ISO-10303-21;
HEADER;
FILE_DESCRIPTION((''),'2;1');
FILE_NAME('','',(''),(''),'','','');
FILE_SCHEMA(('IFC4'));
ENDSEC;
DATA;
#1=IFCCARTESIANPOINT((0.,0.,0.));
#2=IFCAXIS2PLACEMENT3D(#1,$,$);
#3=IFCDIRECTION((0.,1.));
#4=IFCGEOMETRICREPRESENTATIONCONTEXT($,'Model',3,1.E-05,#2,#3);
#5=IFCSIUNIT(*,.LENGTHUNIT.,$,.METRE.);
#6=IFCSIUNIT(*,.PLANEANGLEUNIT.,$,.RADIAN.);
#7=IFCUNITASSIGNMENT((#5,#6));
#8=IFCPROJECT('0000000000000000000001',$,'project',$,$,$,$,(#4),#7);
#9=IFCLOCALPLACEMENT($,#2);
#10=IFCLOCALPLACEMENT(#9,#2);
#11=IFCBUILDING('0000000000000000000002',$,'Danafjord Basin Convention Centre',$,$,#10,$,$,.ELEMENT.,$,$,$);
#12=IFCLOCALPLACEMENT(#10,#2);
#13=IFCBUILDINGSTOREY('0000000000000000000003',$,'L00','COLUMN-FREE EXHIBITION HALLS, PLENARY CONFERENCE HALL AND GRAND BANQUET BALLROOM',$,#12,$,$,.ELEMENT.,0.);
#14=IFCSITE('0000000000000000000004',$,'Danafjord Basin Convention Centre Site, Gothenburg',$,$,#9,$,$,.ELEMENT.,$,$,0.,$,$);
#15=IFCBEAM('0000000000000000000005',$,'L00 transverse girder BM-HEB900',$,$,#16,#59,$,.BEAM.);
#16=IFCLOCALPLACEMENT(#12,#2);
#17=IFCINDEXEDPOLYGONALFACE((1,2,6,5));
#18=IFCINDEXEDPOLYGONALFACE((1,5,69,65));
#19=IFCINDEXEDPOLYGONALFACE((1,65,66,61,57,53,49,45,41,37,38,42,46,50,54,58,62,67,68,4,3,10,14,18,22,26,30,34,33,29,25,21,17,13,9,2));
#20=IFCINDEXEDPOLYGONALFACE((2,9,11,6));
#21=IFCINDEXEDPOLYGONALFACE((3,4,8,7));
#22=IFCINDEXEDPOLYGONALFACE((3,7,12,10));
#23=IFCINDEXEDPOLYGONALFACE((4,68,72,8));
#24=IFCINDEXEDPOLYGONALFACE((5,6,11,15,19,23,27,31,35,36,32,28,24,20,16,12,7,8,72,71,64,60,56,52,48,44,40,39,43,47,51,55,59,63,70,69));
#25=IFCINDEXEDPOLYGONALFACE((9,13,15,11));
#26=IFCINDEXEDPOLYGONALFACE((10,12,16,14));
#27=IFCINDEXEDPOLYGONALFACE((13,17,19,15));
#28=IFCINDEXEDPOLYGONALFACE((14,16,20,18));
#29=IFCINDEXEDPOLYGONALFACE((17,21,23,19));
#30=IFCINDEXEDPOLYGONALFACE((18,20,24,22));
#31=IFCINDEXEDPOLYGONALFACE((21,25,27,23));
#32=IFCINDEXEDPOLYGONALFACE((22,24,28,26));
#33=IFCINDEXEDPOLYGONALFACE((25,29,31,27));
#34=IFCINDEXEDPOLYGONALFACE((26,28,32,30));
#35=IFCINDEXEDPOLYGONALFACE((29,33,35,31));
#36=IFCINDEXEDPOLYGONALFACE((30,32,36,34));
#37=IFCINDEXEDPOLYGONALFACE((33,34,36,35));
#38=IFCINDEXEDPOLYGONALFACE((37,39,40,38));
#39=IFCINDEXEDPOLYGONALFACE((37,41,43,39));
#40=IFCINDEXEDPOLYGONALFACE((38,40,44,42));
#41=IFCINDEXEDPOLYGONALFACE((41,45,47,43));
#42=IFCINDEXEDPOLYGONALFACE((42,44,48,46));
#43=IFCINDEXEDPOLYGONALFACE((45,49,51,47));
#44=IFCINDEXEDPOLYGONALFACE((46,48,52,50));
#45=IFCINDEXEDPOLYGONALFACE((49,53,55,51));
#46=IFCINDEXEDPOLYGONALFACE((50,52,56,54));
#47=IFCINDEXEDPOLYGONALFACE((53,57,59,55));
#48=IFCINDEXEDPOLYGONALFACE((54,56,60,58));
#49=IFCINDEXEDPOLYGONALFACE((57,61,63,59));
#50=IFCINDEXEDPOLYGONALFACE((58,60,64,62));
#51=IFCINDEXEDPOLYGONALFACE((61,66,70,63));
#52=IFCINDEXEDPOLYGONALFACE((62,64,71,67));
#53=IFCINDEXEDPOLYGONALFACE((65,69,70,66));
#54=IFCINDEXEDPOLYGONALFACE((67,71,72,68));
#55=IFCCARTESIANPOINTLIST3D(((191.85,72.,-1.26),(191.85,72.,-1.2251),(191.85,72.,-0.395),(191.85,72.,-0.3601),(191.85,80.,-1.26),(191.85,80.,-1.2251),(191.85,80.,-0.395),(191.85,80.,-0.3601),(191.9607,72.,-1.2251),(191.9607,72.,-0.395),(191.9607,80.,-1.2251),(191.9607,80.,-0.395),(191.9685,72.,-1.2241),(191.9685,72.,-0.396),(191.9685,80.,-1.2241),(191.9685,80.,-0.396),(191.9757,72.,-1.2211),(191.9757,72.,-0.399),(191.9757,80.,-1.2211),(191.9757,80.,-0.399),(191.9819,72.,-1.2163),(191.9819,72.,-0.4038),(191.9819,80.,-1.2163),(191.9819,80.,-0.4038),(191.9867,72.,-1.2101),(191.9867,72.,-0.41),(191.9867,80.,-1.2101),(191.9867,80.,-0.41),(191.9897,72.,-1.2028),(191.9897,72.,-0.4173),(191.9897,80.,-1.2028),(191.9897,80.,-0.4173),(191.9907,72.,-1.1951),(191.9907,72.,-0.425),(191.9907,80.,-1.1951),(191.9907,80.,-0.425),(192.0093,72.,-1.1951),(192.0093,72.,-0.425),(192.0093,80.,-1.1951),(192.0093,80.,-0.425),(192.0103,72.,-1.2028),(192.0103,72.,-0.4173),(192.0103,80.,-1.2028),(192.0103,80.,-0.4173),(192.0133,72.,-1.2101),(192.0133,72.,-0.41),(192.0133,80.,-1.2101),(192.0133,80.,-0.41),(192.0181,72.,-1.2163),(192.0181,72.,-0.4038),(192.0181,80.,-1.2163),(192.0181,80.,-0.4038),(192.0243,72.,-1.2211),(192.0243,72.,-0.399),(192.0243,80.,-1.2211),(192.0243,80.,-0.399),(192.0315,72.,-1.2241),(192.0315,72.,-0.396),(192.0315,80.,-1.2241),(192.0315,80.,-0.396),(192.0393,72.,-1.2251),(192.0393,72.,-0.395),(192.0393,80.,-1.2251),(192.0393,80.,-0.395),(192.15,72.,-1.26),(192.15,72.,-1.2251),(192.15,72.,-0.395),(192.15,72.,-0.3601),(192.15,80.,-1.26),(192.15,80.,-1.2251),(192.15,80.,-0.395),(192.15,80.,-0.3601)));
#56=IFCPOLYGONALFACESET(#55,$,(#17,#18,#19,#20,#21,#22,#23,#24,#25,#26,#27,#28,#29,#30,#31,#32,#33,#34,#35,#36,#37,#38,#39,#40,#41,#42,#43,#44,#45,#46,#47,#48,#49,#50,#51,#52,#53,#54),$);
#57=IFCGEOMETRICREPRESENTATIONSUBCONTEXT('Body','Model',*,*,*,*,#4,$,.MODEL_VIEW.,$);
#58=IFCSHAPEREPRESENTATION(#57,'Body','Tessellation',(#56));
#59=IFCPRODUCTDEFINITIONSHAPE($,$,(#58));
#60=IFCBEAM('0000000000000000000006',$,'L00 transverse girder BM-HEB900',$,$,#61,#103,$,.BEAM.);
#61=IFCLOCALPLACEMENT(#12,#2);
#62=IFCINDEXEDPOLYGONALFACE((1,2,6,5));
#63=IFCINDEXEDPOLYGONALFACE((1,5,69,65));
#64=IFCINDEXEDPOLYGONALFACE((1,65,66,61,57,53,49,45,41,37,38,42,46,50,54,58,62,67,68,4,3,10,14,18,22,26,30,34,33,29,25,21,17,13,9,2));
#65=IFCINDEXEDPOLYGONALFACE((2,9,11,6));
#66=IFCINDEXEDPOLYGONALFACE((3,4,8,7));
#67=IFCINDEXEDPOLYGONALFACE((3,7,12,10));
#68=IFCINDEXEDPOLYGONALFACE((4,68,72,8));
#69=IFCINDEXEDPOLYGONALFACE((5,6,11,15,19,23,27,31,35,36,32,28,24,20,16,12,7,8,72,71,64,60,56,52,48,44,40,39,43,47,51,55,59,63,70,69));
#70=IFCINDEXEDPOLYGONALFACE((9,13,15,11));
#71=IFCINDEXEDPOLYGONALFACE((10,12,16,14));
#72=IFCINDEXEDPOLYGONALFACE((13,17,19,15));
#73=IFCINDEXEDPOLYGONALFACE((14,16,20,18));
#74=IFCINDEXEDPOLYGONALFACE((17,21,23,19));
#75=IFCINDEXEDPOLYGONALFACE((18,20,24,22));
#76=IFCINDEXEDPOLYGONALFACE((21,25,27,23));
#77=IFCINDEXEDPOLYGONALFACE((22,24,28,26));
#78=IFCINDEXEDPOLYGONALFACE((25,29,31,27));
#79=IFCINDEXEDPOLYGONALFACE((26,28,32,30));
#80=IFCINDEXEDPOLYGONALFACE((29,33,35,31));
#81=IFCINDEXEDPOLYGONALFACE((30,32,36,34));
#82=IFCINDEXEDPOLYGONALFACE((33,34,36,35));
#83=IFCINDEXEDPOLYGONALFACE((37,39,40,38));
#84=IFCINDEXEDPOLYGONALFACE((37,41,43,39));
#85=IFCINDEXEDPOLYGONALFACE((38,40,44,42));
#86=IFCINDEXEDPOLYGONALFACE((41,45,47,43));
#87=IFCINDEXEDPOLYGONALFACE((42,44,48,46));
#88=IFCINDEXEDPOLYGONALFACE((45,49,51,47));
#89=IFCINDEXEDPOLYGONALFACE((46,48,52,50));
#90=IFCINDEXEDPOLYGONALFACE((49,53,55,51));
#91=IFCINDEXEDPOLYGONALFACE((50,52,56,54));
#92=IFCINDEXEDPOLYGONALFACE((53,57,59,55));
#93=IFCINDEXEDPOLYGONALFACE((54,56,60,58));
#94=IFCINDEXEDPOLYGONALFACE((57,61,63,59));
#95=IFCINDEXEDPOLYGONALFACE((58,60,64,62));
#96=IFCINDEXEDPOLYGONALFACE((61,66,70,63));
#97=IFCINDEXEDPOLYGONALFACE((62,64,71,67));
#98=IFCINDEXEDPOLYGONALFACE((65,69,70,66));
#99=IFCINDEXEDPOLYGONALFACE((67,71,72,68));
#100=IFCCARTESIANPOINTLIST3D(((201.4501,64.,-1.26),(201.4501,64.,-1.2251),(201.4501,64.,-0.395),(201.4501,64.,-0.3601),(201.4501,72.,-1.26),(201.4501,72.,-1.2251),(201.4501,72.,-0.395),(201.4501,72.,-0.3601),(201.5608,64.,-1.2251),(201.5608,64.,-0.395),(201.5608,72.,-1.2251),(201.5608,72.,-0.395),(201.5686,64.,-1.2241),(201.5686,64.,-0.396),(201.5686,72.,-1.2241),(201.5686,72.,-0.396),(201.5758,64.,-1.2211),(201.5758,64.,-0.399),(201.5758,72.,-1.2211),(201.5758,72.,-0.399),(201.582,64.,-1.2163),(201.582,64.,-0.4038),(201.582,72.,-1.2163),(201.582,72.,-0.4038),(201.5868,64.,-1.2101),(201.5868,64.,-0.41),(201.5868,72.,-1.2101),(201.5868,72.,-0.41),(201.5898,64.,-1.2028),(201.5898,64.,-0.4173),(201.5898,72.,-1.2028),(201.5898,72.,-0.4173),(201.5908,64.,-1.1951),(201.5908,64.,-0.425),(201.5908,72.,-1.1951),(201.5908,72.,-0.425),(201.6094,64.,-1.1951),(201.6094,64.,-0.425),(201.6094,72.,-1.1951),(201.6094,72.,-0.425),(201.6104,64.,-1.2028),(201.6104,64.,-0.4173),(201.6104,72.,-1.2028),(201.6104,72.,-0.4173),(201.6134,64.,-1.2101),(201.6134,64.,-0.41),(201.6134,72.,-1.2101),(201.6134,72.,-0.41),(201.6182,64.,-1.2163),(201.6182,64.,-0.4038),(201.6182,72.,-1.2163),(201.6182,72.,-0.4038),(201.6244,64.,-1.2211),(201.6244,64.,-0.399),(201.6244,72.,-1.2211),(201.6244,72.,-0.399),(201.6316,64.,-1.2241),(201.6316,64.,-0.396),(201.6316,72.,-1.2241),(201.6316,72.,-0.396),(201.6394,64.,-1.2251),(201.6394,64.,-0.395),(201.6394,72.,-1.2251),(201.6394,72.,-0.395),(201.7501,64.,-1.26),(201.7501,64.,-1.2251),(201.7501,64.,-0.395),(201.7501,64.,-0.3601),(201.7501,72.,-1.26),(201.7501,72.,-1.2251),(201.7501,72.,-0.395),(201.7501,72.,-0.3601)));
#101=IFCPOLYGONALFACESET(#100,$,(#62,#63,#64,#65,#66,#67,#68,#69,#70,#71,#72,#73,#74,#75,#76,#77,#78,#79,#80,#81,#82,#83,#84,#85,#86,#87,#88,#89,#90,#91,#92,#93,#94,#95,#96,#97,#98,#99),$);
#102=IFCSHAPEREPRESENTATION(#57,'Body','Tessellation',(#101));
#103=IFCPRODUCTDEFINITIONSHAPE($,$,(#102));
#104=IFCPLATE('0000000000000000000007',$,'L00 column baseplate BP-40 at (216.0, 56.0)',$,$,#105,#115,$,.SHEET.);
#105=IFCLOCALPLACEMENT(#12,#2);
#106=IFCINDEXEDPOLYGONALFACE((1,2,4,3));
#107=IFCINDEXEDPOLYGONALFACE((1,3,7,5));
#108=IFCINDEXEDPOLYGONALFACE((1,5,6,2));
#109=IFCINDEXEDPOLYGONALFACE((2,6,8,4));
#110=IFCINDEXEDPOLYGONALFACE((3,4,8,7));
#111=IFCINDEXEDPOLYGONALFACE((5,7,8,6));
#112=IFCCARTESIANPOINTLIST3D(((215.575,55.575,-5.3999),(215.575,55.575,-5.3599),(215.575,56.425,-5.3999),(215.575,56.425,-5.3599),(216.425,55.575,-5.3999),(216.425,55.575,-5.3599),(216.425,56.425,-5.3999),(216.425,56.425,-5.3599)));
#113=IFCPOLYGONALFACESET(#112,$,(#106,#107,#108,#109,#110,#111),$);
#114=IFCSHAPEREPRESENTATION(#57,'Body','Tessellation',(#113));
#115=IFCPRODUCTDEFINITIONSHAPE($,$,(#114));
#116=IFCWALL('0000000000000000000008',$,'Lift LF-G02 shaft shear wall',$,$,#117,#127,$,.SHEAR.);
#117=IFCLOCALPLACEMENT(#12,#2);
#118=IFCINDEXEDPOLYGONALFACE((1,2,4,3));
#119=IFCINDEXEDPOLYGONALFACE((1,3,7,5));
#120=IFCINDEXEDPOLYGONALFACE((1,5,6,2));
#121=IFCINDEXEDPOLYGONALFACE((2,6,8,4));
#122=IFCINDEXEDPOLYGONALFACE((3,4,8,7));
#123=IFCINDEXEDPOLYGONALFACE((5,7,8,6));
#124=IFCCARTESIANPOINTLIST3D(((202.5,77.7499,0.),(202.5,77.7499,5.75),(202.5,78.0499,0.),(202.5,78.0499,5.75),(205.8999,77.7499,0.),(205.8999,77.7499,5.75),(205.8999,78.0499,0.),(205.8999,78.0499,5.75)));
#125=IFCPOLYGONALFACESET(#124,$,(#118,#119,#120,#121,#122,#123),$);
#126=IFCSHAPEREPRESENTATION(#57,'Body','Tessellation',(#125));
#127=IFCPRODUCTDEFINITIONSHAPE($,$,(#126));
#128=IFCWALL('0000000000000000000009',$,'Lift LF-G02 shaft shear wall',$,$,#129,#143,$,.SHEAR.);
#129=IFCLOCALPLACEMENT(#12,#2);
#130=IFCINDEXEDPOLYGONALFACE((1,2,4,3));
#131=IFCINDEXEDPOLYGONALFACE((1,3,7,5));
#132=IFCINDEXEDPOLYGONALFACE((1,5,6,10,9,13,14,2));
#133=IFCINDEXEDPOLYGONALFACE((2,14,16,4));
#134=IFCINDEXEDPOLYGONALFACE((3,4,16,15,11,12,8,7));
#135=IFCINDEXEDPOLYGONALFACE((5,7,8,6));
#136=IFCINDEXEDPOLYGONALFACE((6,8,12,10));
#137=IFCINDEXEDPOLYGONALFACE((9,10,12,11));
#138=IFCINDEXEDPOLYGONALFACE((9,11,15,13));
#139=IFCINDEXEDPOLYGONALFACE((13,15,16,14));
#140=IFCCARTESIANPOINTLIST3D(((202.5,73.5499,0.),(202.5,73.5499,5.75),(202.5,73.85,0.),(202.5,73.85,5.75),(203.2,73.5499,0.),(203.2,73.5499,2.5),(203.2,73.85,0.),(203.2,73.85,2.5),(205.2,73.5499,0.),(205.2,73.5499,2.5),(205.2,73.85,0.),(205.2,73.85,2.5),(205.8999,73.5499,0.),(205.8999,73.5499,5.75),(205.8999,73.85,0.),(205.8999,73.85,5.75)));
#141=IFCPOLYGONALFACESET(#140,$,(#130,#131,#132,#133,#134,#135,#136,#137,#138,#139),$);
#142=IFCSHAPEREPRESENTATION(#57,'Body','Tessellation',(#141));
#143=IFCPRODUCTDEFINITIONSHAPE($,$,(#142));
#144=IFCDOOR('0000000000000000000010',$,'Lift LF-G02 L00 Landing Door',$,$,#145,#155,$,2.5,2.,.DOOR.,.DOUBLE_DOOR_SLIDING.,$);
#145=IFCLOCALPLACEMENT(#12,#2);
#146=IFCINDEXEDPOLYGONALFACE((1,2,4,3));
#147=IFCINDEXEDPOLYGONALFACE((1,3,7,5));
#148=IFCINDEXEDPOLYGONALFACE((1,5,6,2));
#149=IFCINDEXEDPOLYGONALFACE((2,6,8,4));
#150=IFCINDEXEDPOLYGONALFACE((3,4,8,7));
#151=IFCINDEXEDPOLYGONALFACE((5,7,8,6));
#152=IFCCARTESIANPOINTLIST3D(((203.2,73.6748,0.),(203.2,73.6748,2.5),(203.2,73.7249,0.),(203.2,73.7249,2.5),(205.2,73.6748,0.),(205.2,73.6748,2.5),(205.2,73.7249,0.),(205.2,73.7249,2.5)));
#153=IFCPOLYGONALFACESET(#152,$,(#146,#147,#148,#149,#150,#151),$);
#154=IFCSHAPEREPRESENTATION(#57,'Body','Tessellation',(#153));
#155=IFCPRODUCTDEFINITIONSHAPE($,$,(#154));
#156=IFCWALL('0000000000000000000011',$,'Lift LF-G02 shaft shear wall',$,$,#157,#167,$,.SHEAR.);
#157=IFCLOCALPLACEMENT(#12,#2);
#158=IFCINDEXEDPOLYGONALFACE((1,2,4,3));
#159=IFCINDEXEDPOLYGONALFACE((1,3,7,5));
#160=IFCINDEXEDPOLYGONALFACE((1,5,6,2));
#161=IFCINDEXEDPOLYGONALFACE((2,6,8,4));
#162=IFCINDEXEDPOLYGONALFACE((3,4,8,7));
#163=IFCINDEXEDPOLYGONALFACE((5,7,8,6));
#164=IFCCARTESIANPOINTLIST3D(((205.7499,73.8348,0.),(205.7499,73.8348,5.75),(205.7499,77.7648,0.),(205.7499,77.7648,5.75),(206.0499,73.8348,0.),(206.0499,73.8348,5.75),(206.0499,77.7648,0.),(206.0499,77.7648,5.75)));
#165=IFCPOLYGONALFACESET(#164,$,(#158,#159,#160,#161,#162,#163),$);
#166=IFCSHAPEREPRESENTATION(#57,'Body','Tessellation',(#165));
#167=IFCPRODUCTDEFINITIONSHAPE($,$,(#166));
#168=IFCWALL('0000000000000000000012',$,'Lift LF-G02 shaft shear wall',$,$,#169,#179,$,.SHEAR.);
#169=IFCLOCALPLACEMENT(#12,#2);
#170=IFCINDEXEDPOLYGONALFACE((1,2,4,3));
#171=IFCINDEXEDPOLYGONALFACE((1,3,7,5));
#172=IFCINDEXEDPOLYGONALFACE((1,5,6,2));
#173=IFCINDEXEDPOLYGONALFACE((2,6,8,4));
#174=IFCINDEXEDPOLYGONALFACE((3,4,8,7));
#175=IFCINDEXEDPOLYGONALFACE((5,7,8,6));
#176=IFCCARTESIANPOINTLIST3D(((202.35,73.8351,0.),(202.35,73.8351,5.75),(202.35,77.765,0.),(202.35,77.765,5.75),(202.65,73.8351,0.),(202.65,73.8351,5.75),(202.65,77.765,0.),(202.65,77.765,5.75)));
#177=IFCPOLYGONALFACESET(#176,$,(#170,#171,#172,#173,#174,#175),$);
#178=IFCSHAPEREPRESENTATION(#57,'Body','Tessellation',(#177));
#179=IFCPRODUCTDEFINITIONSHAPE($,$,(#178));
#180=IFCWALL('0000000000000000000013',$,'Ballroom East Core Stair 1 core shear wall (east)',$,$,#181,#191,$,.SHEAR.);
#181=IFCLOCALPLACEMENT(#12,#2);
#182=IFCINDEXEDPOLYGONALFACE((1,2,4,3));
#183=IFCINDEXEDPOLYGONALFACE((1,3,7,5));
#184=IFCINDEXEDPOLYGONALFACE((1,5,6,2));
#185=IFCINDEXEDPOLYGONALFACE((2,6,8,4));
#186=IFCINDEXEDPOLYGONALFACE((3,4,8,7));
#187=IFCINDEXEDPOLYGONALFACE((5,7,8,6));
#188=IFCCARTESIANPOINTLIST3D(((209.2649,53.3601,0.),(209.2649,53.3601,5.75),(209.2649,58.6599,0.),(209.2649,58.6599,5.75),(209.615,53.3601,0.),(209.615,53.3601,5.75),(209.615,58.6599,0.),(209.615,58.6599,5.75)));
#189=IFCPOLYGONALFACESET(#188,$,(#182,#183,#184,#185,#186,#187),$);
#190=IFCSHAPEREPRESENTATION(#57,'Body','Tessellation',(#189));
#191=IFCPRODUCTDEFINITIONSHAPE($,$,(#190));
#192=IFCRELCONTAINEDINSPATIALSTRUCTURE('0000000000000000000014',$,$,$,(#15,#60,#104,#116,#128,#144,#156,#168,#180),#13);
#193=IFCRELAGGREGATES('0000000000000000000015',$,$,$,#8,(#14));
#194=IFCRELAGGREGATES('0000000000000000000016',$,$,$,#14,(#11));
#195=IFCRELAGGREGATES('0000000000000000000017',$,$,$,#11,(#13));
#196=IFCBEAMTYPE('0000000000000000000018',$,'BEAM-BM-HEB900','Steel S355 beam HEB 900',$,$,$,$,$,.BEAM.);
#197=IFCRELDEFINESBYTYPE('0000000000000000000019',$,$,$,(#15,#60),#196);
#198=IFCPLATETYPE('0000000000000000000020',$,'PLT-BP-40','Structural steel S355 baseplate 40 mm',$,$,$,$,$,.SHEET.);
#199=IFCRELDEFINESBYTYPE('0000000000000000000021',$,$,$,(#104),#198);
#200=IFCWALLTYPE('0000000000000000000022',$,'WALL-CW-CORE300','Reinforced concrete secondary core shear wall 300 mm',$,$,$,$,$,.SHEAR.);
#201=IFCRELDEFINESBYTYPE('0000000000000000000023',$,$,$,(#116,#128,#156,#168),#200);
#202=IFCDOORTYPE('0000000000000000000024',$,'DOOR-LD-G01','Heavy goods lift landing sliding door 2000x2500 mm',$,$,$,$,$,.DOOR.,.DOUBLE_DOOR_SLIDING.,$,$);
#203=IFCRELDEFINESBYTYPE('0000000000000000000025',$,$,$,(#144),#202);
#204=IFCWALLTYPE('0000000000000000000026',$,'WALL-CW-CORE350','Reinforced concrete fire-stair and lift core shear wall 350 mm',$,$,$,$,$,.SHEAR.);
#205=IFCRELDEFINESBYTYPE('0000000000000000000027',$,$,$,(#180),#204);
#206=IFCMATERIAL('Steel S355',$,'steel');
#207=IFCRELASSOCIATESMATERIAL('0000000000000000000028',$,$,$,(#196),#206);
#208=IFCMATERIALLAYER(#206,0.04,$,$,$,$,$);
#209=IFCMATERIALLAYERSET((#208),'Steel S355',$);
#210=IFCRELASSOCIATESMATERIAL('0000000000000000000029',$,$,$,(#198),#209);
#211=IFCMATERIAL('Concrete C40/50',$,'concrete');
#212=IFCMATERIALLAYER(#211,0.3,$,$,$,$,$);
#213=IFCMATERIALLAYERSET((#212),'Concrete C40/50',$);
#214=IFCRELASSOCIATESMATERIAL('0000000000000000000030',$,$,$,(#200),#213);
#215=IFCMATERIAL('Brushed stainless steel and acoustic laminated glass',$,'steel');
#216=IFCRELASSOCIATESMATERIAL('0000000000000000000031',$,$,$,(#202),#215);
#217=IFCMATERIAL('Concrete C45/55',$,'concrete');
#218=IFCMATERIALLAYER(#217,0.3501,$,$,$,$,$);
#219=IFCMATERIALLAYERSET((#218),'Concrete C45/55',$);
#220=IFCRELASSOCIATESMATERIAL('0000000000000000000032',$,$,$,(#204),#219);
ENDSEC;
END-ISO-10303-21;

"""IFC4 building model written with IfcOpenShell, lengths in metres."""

from ifc_helpers import new_model, si_unit, direction, frame, frame_2d, origin, origin_2d, place, context, subcontext, project, spatial, rectangle, i_section, extrude, material, layer, layer_set, material_profile, profile_set, type_object, element, fill, save


model = new_model("IFC4")

# Units and contexts
model_context = context("Model", 3, precision=1e-05, world=origin(), true_north=direction((0.0, 1.0)))
body_context = subcontext(model_context, "Body", "Model", "MODEL_VIEW")
ifc_project = project(units=[si_unit("LENGTHUNIT", "METRE"), si_unit("PLANEANGLEUNIT", "RADIAN")], contexts=[model_context])

# Site, building, storey
site_placement = place(None, origin())
site = spatial("IfcSite", under=ifc_project, at=site_placement, Name="Danafjord Basin Convention Centre Site, Gothenburg", CompositionType="ELEMENT", RefElevation=0.0)
building_placement = place(site_placement, origin())
building = spatial("IfcBuilding", under=site, at=building_placement, Name="Danafjord Basin Convention Centre", CompositionType="ELEMENT")
storey_placement = place(building_placement, origin())
storey = spatial("IfcBuildingStorey", under=building, at=storey_placement, Name="L00", Description="COLUMN-FREE EXHIBITION HALLS, PLENARY CONFERENCE HALL AND GRAND BANQUET BALLROOM", CompositionType="ELEMENT", Elevation=0.0)

# Shared definitions
ifc_material_1 = material(Name="Concrete C40/50", Category="concrete")

# Shared definitions
ifc_material_2 = material(Name="Steel S355", Category="steel")

# Beams
ifc_material_profile_1 = material_profile(ifc_material_2, i_section(OverallWidth=0.3, OverallDepth=0.8999, WebThickness=0.0186, FlangeThickness=0.0349, FilletRadius=0.03, at=origin_2d()), Name="HEB 900")
ifc_profile_set_1 = profile_set([ifc_material_profile_1], Name="Steel S355")
beam_type_1 = type_object("IfcBeamType", Name="BEAM-BM-HEB900", Description="Steel S355 beam HEB 900", PredefinedType="BEAM", material=ifc_profile_set_1)
for number, where, z_axis, x_axis, name in (
    (1, (192.0, 72.0, -0.8101), (0.0, 1.0, 0.0), (-1.0, 0.0, 0.0), "L00 transverse girder BM-HEB900"),
    (2, (201.6001, 64.0, -0.8101), (0.0, 1.0, 0.0), (-1.0, 0.0, 0.0), "L00 transverse girder BM-HEB900"),
):
    element("IfcBeam", number, at=place(storey_placement, frame(where, z_axis=z_axis, x_axis=x_axis)), inside=storey, type_object=beam_type_1, Name=name, PredefinedType="BEAM", context=body_context, shape_type="SweptSolid", body=[
        extrude(i_section(OverallWidth=0.3, OverallDepth=0.8999, WebThickness=0.0186, FlangeThickness=0.0349, FilletRadius=0.03, at=origin_2d()), origin(), (0.0, 0.0, 1.0), 8.0),
    ])

# Plate
ifc_layer_1 = layer(ifc_material_2, 0.04)
ifc_layer_set_1 = layer_set([ifc_layer_1], Name="Steel S355")
plate_type = type_object("IfcPlateType", Name="PLT-BP-40", Description="Structural steel S355 baseplate 40 mm", PredefinedType="SHEET", material=ifc_layer_set_1)
plate_placement = place(storey_placement, frame((216.0, 56.0, -5.3999), z_axis=(0.0, 0.0, 1.0), x_axis=(1.0, 0.0, 0.0)))
element("IfcPlate", 3, at=plate_placement, inside=storey, type_object=plate_type, Name="L00 column baseplate BP-40 at (216.0, 56.0)", PredefinedType="SHEET", context=body_context, shape_type="SweptSolid", body=[
    extrude(rectangle(XDim=0.8501, YDim=0.8501, at=origin_2d()), origin(), (0.0, 0.0, 1.0), 0.04),
])

# Wall
ifc_layer_2 = layer(ifc_material_1, 0.3)
ifc_layer_set_2 = layer_set([ifc_layer_2], Name="Concrete C40/50")
wall_type_1 = type_object("IfcWallType", Name="WALL-CW-CORE300", Description="Reinforced concrete secondary core shear wall 300 mm", PredefinedType="SHEAR", material=ifc_layer_set_2)
wall_1_placement = place(storey_placement, frame((205.8999, 77.8999, 0.0), z_axis=(0.0, 0.0, 1.0), x_axis=(-1.0, 0.0, 0.0)))
element("IfcWall", 4, at=wall_1_placement, inside=storey, type_object=wall_type_1, Name="Lift LF-G02 shaft shear wall", PredefinedType="SHEAR", context=body_context, shape_type="SweptSolid", body=[
    extrude(rectangle(XDim=3.3999, YDim=0.3, at=frame_2d((1.7, 0.0))), origin(), (0.0, 0.0, 1.0), 5.75),
])

# Wall, opening, door
wall_2_placement = place(storey_placement, frame((202.5, 73.7, 0.0), z_axis=(0.0, 0.0, 1.0), x_axis=(1.0, 0.0, 0.0)))
wall_2 = element("IfcWall", 5, at=wall_2_placement, inside=storey, type_object=wall_type_1, Name="Lift LF-G02 shaft shear wall", PredefinedType="SHEAR", context=body_context, shape_type="SweptSolid", body=[
    extrude(rectangle(XDim=3.3999, YDim=0.3, at=frame_2d((1.7, 0.0))), origin(), (0.0, 0.0, 1.0), 5.75),
])
opening_placement = place(wall_2_placement, frame((0.7, 0.0, 0.0)))
opening = element("IfcOpeningElement", 6, at=opening_placement, cuts=wall_2, PredefinedType="OPENING", context=body_context, shape_type="SweptSolid", body=[
    extrude(rectangle(XDim=2.0, YDim=2.5, at=frame_2d((1.0, 1.25))), frame((0.0, 0.1599, 0.0), z_axis=(0.0, -1.0, 0.0), x_axis=(1.0, 0.0, 0.0)), (0.0, 0.0, 1.0), 0.3201),
])
ifc_material_3 = material(Name="Brushed stainless steel and acoustic laminated glass", Category="steel")
door_type = type_object("IfcDoorType", Name="DOOR-LD-G01", Description="Heavy goods lift landing sliding door 2000x2500 mm", OperationType="DOUBLE_DOOR_SLIDING", PredefinedType="DOOR", material=ifc_material_3)
door_placement = place(opening_placement, origin())
door = element("IfcDoor", 7, at=door_placement, inside=storey, type_object=door_type, Name="Lift LF-G02 L00 Landing Door", OperationType="DOUBLE_DOOR_SLIDING", OverallHeight=2.5, OverallWidth=2.0, PredefinedType="DOOR", context=body_context, shape_type="SweptSolid", body=[
    extrude(rectangle(XDim=2.0, YDim=2.5, at=frame_2d((1.0, 1.25))), frame((0.0, 0.0249, 0.0), z_axis=(0.0, -1.0, 0.0), x_axis=(1.0, 0.0, 0.0)), (0.0, 0.0, 1.0), 0.05),
])
fill(opening, door)

# Walls
for number, where, z_axis, x_axis, name in (
    (8, (205.8999, 73.835, 0.0), (0.0, 0.0, 1.0), (0.0, 1.0, 0.0), "Lift LF-G02 shaft shear wall"),
    (9, (202.5, 77.7649, 0.0), (0.0, 0.0, 1.0), (0.0, -1.0, 0.0), "Lift LF-G02 shaft shear wall"),
):
    element("IfcWall", number, at=place(storey_placement, frame(where, z_axis=z_axis, x_axis=x_axis)), inside=storey, type_object=wall_type_1, Name=name, PredefinedType="SHEAR", context=body_context, shape_type="SweptSolid", body=[
        extrude(rectangle(XDim=3.9299, YDim=0.3, at=frame_2d((1.9648, 0.0))), origin(), (0.0, 0.0, 1.0), 5.75),
    ])
ifc_material_4 = material(Name="Concrete C45/55", Category="concrete")
ifc_layer_3 = layer(ifc_material_4, 0.3501)
ifc_layer_set_3 = layer_set([ifc_layer_3], Name="Concrete C45/55")
wall_type_2 = type_object("IfcWallType", Name="WALL-CW-CORE350", Description="Reinforced concrete fire-stair and lift core shear wall 350 mm", PredefinedType="SHEAR", material=ifc_layer_set_3)
wall_3_placement = place(storey_placement, frame((209.4399, 58.6599, 0.0), z_axis=(0.0, 0.0, 1.0), x_axis=(0.0, -1.0, 0.0)))
element("IfcWall", 10, at=wall_3_placement, inside=storey, type_object=wall_type_2, Name="Ballroom East Core Stair 1 core shear wall (east)", PredefinedType="SHEAR", context=body_context, shape_type="SweptSolid", body=[
    extrude(rectangle(XDim=5.2998, YDim=0.3501, at=frame_2d((2.6499, 0.0))), origin(), (0.0, 0.0, 1.0), 5.75),
])

save(model, "model.ifc")
